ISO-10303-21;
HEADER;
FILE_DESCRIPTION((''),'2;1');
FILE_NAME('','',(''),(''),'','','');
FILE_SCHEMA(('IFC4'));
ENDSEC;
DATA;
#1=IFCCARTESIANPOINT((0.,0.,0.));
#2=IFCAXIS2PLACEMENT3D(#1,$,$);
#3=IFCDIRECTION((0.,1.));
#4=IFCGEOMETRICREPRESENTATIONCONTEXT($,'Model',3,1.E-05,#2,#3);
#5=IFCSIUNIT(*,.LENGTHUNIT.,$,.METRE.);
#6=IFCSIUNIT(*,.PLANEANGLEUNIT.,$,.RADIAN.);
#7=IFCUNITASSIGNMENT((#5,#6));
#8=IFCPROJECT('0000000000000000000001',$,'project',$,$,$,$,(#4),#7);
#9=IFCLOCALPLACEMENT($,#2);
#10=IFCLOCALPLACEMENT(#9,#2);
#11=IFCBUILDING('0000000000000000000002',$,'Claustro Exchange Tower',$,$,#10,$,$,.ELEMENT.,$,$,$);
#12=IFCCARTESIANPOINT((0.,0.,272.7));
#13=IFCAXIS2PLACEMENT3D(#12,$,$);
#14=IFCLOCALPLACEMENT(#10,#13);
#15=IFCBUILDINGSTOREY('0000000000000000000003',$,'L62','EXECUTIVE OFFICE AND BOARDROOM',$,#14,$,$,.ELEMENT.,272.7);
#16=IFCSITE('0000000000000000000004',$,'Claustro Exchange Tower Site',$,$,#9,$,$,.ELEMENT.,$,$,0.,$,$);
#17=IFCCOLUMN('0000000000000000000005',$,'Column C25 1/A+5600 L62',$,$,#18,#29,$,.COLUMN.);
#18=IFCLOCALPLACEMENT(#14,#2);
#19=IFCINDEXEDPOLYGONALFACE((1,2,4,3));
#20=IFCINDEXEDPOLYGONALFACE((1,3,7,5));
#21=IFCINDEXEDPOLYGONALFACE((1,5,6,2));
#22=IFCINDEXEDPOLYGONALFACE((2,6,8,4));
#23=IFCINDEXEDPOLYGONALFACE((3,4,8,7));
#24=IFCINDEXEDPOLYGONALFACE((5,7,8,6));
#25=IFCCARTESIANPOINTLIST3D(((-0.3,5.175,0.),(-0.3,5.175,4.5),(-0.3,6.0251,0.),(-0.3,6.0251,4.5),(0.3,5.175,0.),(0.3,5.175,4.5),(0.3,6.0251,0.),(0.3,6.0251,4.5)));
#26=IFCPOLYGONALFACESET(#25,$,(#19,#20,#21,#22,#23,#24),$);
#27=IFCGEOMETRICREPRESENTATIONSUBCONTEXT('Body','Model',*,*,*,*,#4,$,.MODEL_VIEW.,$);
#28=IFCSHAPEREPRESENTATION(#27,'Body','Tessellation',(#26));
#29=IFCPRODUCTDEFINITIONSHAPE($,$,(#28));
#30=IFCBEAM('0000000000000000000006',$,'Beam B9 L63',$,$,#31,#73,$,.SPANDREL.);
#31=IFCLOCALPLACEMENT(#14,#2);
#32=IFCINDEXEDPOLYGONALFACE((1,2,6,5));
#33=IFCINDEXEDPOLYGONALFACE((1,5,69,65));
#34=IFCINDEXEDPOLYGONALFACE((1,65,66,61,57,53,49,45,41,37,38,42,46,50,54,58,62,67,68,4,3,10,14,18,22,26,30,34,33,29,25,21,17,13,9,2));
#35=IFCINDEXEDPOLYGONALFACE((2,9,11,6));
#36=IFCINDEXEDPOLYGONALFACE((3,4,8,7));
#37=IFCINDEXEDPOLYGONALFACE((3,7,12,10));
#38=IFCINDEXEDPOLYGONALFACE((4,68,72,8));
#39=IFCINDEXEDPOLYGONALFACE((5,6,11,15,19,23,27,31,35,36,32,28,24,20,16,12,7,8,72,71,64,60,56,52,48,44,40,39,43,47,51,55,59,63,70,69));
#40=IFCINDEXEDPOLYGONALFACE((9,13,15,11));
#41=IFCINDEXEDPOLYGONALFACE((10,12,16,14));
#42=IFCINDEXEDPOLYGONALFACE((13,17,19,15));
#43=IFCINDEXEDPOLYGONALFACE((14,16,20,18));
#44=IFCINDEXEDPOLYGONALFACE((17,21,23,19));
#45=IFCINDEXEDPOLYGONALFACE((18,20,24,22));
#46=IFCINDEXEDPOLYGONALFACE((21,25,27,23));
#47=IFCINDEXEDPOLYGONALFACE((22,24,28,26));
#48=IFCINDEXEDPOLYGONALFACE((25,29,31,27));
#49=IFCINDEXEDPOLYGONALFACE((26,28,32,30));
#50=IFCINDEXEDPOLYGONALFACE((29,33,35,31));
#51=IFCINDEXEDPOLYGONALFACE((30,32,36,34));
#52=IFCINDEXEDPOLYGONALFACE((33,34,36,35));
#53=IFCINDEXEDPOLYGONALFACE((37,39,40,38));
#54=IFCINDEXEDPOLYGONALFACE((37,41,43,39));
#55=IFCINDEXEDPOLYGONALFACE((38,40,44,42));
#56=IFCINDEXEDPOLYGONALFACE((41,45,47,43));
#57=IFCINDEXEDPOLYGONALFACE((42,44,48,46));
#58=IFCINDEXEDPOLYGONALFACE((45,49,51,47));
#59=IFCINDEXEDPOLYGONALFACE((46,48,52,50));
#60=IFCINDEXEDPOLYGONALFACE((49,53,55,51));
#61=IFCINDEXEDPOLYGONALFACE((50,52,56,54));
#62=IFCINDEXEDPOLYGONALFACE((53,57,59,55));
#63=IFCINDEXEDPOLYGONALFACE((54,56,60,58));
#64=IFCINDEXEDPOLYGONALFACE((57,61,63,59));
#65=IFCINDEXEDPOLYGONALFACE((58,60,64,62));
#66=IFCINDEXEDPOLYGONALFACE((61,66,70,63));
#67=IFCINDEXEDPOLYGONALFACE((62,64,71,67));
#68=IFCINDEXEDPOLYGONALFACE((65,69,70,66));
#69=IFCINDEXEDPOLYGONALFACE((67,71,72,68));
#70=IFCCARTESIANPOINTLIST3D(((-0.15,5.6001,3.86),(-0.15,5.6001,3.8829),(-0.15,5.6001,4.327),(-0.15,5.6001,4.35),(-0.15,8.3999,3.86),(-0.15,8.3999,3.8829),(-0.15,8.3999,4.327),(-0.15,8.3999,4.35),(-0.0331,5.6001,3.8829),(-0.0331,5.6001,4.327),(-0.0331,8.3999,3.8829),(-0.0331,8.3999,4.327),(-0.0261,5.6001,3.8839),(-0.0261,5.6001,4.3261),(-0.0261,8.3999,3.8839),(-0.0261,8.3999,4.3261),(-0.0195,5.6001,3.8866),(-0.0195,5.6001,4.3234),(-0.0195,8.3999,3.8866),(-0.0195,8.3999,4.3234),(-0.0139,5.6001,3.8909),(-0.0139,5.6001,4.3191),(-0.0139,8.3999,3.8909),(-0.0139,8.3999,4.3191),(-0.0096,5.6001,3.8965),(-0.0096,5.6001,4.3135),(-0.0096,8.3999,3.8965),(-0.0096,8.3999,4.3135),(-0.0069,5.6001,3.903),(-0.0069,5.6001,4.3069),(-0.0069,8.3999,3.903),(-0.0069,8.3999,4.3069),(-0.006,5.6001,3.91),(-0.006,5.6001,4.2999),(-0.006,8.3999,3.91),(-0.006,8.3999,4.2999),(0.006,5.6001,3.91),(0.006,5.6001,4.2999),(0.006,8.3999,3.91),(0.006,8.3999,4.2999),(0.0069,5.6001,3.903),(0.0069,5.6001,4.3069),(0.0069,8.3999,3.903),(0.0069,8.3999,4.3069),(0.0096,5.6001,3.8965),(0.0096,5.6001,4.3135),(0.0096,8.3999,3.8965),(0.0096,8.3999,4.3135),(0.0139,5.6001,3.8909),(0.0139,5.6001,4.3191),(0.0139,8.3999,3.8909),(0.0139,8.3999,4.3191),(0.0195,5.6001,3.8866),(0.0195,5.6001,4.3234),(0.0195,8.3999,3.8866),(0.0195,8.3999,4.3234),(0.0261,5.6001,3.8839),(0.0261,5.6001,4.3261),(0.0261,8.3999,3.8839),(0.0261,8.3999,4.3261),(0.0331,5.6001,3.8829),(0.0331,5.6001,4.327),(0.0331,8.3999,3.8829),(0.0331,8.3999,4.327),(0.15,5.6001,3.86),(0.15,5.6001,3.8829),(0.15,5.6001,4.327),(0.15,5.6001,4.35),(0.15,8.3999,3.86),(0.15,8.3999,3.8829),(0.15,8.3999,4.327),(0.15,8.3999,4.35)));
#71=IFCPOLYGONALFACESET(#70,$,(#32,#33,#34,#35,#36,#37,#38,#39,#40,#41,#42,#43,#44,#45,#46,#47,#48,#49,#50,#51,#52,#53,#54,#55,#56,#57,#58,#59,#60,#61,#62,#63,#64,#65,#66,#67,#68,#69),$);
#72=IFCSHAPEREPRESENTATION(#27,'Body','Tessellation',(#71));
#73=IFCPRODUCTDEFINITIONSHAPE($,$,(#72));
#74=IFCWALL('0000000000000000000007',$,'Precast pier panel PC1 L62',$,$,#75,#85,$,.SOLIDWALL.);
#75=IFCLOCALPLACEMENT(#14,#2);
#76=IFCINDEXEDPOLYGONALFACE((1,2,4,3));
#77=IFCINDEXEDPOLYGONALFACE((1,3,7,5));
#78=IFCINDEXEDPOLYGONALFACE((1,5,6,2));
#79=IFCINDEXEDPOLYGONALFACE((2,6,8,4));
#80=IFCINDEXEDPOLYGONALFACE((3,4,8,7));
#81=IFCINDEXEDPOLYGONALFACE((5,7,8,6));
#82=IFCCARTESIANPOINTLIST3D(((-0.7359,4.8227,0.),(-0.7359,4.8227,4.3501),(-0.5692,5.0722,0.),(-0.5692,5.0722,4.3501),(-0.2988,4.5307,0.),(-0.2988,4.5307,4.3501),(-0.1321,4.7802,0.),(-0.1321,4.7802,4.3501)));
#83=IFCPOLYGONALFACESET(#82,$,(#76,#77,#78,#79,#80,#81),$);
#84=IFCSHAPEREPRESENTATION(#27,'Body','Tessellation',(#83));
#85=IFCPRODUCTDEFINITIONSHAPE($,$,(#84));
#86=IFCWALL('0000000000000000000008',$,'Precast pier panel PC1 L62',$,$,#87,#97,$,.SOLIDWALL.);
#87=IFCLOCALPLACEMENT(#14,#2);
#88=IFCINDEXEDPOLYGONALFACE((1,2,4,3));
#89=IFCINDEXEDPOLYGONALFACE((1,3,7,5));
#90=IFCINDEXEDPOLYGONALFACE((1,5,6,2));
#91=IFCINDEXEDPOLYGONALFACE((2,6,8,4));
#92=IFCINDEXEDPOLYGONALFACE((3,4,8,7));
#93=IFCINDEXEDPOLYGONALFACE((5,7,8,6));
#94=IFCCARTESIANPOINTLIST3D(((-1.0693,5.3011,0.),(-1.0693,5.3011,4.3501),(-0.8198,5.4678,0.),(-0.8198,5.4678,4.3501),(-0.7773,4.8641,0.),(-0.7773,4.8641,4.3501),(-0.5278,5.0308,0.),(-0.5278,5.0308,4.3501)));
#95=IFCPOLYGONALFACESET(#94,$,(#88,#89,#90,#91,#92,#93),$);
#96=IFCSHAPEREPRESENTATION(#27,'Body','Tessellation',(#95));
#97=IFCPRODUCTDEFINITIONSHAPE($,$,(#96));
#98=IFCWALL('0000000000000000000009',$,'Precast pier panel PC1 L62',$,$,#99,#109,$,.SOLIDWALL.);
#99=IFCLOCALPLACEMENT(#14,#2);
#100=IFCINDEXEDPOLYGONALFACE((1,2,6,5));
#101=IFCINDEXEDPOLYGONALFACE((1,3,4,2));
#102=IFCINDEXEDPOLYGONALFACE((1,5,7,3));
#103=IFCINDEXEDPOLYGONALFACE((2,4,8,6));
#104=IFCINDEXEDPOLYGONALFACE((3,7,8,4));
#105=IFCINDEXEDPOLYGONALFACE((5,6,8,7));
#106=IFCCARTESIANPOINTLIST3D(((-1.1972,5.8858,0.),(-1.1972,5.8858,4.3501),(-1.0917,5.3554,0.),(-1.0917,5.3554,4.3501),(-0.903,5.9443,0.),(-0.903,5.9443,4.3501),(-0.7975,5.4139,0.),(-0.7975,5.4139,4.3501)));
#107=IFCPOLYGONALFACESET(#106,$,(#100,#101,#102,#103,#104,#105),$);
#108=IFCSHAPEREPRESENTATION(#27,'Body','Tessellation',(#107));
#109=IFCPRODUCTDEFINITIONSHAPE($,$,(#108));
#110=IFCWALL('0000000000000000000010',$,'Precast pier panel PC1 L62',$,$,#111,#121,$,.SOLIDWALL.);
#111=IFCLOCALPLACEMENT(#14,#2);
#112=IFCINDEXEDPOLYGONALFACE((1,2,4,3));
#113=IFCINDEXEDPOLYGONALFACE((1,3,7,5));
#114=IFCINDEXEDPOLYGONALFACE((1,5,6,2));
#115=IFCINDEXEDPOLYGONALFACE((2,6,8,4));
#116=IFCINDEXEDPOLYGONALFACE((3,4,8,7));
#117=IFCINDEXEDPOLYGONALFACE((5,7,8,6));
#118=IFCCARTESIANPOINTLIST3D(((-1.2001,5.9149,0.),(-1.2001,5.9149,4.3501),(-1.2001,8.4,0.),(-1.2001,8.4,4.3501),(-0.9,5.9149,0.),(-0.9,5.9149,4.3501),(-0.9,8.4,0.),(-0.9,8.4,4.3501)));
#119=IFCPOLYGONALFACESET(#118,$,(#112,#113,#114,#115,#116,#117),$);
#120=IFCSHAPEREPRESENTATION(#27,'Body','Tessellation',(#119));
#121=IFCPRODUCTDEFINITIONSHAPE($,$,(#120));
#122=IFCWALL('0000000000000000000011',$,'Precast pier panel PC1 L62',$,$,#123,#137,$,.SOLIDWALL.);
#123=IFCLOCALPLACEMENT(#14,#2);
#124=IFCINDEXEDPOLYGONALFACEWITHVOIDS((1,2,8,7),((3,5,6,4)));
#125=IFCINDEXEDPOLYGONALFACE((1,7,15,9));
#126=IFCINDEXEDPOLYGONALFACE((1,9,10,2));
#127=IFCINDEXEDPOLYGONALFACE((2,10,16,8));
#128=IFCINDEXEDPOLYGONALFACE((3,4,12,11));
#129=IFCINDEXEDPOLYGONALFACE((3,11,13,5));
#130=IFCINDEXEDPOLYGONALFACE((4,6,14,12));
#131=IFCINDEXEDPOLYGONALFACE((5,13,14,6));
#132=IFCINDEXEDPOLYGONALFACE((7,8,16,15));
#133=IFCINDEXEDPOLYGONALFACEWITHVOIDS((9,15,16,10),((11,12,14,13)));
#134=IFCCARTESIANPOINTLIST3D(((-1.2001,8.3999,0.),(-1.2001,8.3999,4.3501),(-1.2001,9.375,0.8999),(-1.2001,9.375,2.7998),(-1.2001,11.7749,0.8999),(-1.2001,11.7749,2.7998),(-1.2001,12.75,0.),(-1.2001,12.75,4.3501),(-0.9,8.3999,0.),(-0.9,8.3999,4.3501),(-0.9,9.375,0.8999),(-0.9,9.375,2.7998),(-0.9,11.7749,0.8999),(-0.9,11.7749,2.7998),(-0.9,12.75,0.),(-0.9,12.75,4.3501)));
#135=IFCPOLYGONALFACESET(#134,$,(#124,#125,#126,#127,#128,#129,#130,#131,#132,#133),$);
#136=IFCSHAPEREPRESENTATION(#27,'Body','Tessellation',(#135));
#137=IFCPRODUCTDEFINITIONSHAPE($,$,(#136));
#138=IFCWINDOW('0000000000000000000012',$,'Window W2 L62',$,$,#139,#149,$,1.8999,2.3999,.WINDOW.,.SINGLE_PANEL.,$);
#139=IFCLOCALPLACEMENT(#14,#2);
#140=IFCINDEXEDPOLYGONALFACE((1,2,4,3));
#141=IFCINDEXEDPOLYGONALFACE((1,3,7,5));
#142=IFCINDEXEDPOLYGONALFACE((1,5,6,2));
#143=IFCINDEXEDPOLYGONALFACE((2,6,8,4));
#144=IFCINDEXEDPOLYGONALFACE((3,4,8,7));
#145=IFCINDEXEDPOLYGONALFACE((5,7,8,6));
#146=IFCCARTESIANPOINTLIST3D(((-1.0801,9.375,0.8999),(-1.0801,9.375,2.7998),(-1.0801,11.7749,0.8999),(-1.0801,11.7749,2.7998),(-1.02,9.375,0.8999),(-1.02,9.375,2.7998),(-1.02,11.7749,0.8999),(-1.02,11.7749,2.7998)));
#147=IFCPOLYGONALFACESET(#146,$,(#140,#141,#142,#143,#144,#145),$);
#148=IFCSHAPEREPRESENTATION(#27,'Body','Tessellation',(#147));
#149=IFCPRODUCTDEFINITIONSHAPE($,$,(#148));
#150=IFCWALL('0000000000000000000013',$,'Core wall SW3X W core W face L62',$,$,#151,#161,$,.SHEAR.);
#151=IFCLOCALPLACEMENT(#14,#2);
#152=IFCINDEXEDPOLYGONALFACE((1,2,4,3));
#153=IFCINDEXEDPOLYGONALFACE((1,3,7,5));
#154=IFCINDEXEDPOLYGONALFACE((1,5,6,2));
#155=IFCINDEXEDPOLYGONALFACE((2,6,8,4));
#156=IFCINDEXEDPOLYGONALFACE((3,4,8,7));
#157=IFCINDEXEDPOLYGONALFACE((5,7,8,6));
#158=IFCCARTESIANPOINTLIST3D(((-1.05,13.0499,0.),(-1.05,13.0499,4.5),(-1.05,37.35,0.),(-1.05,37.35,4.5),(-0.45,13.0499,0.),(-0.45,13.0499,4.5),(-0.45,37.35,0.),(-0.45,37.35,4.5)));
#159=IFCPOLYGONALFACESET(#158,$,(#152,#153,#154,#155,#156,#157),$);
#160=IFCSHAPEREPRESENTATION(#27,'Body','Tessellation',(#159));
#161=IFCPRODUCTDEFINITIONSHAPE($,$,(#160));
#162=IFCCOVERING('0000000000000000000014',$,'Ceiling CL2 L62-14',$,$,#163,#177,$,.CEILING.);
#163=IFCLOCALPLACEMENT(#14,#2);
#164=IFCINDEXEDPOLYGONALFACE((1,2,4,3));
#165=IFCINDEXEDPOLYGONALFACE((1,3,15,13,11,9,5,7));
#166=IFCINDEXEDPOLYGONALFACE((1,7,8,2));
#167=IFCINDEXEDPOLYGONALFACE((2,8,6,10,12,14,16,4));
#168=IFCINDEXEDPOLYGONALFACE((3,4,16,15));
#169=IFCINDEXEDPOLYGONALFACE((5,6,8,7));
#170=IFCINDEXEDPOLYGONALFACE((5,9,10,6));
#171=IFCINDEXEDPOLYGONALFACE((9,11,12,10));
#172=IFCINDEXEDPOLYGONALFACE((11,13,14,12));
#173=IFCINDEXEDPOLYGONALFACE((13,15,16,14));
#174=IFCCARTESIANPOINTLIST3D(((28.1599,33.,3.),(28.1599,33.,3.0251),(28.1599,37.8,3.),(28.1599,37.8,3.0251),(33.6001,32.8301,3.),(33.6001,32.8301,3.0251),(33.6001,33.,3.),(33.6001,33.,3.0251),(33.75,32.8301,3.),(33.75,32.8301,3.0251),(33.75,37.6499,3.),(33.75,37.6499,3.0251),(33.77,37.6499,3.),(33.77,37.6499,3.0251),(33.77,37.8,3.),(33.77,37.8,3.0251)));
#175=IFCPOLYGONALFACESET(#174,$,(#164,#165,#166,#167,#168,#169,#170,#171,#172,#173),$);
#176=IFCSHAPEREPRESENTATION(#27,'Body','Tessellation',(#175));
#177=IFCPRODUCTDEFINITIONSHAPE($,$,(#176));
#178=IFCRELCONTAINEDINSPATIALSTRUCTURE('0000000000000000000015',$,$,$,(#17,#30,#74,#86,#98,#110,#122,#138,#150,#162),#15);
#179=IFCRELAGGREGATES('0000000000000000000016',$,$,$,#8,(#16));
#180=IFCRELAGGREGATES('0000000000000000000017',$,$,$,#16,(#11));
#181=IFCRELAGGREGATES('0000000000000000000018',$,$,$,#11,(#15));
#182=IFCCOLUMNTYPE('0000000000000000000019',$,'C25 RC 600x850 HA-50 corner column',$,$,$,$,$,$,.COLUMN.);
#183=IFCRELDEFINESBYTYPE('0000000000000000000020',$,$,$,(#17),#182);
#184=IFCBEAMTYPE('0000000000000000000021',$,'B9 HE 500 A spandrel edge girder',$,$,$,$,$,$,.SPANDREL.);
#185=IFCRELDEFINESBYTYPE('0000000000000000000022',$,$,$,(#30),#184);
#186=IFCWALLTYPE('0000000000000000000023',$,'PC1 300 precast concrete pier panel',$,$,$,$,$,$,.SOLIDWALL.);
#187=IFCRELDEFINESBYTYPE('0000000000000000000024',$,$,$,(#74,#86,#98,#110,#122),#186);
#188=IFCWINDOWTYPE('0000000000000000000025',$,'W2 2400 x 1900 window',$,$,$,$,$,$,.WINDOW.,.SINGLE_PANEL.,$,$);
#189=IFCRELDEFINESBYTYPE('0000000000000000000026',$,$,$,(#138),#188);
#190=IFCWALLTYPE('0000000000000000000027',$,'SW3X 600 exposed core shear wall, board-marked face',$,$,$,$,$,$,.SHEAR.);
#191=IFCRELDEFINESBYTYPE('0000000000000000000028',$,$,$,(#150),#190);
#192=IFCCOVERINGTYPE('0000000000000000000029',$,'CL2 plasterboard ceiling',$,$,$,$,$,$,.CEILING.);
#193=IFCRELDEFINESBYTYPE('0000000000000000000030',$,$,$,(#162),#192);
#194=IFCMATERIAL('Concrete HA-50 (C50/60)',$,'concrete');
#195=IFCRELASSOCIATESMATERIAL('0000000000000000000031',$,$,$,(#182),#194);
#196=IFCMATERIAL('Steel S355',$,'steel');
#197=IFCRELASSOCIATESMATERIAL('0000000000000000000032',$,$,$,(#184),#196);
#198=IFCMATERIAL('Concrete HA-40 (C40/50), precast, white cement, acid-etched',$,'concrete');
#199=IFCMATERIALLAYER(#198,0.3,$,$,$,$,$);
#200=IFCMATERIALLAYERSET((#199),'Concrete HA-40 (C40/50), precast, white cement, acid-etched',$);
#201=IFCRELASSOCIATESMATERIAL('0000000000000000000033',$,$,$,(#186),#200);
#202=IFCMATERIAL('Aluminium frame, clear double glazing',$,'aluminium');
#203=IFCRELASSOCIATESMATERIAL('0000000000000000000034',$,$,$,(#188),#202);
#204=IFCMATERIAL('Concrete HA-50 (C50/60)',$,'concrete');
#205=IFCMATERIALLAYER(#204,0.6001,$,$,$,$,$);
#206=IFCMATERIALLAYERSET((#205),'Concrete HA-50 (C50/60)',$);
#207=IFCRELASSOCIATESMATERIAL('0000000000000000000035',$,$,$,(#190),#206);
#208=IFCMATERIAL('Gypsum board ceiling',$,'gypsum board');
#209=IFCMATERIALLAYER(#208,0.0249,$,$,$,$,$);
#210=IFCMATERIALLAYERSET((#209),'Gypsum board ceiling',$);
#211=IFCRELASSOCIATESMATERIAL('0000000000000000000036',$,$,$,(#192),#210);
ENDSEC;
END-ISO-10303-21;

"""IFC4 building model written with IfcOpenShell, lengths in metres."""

from ifc_helpers import new_model, si_unit, direction, frame, frame_2d, origin, origin_2d, place, context, subcontext, project, spatial, polyline, rectangle, i_section, outline, extrude, material, layer, layer_set, material_profile, profile_set, type_object, element, fill, save


model = new_model("IFC4")

# Units and contexts
model_context = context("Model", 3, precision=1e-05, world=origin(), true_north=direction((0.0, 1.0)))
body_context = subcontext(model_context, "Body", "Model", "MODEL_VIEW")
ifc_project = project(units=[si_unit("LENGTHUNIT", "METRE"), si_unit("PLANEANGLEUNIT", "RADIAN")], contexts=[model_context])

# Site, building, storey
site_placement = place(None, origin())
site = spatial("IfcSite", under=ifc_project, at=site_placement, Name="Claustro Exchange Tower Site", CompositionType="ELEMENT", RefElevation=0.0)
building_placement = place(site_placement, origin())
building = spatial("IfcBuilding", under=site, at=building_placement, Name="Claustro Exchange Tower", CompositionType="ELEMENT")
storey_placement = place(building_placement, frame((0.0, 0.0, 272.7)))
storey = spatial("IfcBuildingStorey", under=building, at=storey_placement, Name="L62", Description="EXECUTIVE OFFICE AND BOARDROOM", CompositionType="ELEMENT", Elevation=272.7)

# Column
ifc_material_1 = material(Name="Concrete HA-50 (C50/60)", Category="concrete")
ifc_material_profile_1 = material_profile(ifc_material_1, rectangle(XDim=0.6001, YDim=0.8501, at=origin_2d()), Name="RC 600x850")
ifc_profile_set_1 = profile_set([ifc_material_profile_1], Name="Concrete HA-50 (C50/60)")
column_type = type_object("IfcColumnType", Name="C25 RC 600x850 HA-50 corner column", PredefinedType="COLUMN", material=ifc_profile_set_1)
column_placement = place(storey_placement, frame((0.0, 5.6001, 0.0), z_axis=(0.0, 0.0, 1.0), x_axis=(1.0, 0.0, 0.0)))
element("IfcColumn", 1, at=column_placement, inside=storey, type_object=column_type, Name="Column C25 1/A+5600 L62", PredefinedType="COLUMN", context=body_context, shape_type="SweptSolid", body=[
    extrude(rectangle(XDim=0.6001, YDim=0.8501, at=origin_2d()), origin(), (0.0, 0.0, 1.0), 4.5),
])

# Beam
ifc_material_2 = material(Name="Steel S355", Category="steel")
ifc_material_profile_2 = material_profile(ifc_material_2, i_section(OverallWidth=0.3, OverallDepth=0.49, WebThickness=0.012, FlangeThickness=0.0229, FilletRadius=0.0271, at=origin_2d()), Name="HE 500 A")
ifc_profile_set_2 = profile_set([ifc_material_profile_2], Name="Steel S355")
beam_type = type_object("IfcBeamType", Name="B9 HE 500 A spandrel edge girder", PredefinedType="SPANDREL", material=ifc_profile_set_2)
beam_placement = place(storey_placement, frame((0.0, 5.6001, 4.105), z_axis=(0.0, 1.0, 0.0), x_axis=(-1.0, 0.0, 0.0)))
element("IfcBeam", 2, at=beam_placement, inside=storey, type_object=beam_type, Name="Beam B9 L63", PredefinedType="SPANDREL", context=body_context, shape_type="SweptSolid", body=[
    extrude(i_section(OverallWidth=0.3, OverallDepth=0.49, WebThickness=0.012, FlangeThickness=0.0229, FilletRadius=0.0271, at=origin_2d()), origin(), (0.0, 0.0, 1.0), 2.7998),
])

# Walls
ifc_material_3 = material(Name="Concrete HA-40 (C40/50), precast, white cement, acid-etched", Category="concrete")
ifc_layer_1 = layer(ifc_material_3, 0.3)
ifc_layer_set_1 = layer_set([ifc_layer_1], Name="Concrete HA-40 (C40/50), precast, white cement, acid-etched")
wall_type_1 = type_object("IfcWallType", Name="PC1 300 precast concrete pier panel", PredefinedType="SOLIDWALL", material=ifc_layer_set_1)
for number, where, z_axis, x_axis, name in (
    (3, (-0.2156, 4.6555, 0.0), (0.0, 0.0, 1.0), (-0.831478, 0.555557, 0.0), "Precast pier panel PC1 L62"),
    (4, (-0.6526, 4.9475, 0.0), (0.0, 0.0, 1.0), (-0.555557, 0.831478, 0.0), "Precast pier panel PC1 L62"),
):
    element("IfcWall", number, at=place(storey_placement, frame(where, z_axis=z_axis, x_axis=x_axis)), inside=storey, type_object=wall_type_1, Name=name, PredefinedType="SOLIDWALL", context=body_context, shape_type="SweptSolid", body=[
        extrude(rectangle(XDim=0.5256, YDim=0.3, at=frame_2d((0.2627, 0.0))), origin(), (0.0, 0.0, 1.0), 4.3501),
    ])
wall_1_placement = place(storey_placement, frame((-0.9446, 5.3845, 0.0), z_axis=(0.0, 0.0, 1.0), x_axis=(-0.195074, 0.980789, 0.0)))
element("IfcWall", 5, at=wall_1_placement, inside=storey, type_object=wall_type_1, Name="Precast pier panel PC1 L62", PredefinedType="SOLIDWALL", context=body_context, shape_type="SweptSolid", body=[
    extrude(rectangle(XDim=0.5408, YDim=0.3, at=frame_2d((0.2705, 0.0))), origin(), (0.0, 0.0, 1.0), 4.3501),
])
wall_2_placement = place(storey_placement, frame((-1.05, 5.9148, 0.0), z_axis=(0.0, 0.0, 1.0), x_axis=(0.0, 1.0, 0.0)))
element("IfcWall", 6, at=wall_2_placement, inside=storey, type_object=wall_type_1, Name="Precast pier panel PC1 L62", PredefinedType="SOLIDWALL", context=body_context, shape_type="SweptSolid", body=[
    extrude(rectangle(XDim=2.4851, YDim=0.3, at=frame_2d((1.2427, 0.0))), origin(), (0.0, 0.0, 1.0), 4.3501),
])

# Wall, opening, window
wall_3_placement = place(storey_placement, frame((-1.05, 8.3999, 0.0), z_axis=(0.0, 0.0, 1.0), x_axis=(0.0, 1.0, 0.0)))
wall_3 = element("IfcWall", 7, at=wall_3_placement, inside=storey, type_object=wall_type_1, Name="Precast pier panel PC1 L62", PredefinedType="SOLIDWALL", context=body_context, shape_type="SweptSolid", body=[
    extrude(rectangle(XDim=4.3501, YDim=0.3, at=frame_2d((2.175, 0.0))), origin(), (0.0, 0.0, 1.0), 4.3501),
])
opening_1_placement = place(wall_3_placement, frame((0.9751, 0.0, 0.8999)))
opening_1 = element("IfcOpeningElement", 8, at=opening_1_placement, cuts=wall_3, PredefinedType="OPENING", context=body_context, shape_type="SweptSolid", body=[
    extrude(rectangle(XDim=2.3999, YDim=1.8999, at=frame_2d((1.2, 0.95))), frame((0.0, 0.1599, 0.0), z_axis=(0.0, -1.0, 0.0), x_axis=(1.0, 0.0, 0.0)), (0.0, 0.0, 1.0), 0.3201),
])
ifc_material_4 = material(Name="Aluminium frame, clear double glazing", Category="aluminium")
window_type = type_object("IfcWindowType", Name="W2 2400 x 1900 window", PartitioningType="SINGLE_PANEL", PredefinedType="WINDOW", material=ifc_material_4)
window_placement = place(opening_1_placement, origin())
window = element("IfcWindow", 9, at=window_placement, inside=storey, type_object=window_type, Name="Window W2 L62", OverallHeight=1.8999, OverallWidth=2.3999, PartitioningType="SINGLE_PANEL", PredefinedType="WINDOW", context=body_context, shape_type="SweptSolid", body=[
    extrude(rectangle(XDim=2.3999, YDim=1.8999, at=frame_2d((1.2, 0.95))), frame((0.0, 0.03, 0.0), z_axis=(0.0, -1.0, 0.0), x_axis=(1.0, 0.0, 0.0)), (0.0, 0.0, 1.0), 0.0601),
])
fill(opening_1, window)

# Wall
ifc_material_5 = material(Name="Concrete HA-50 (C50/60)", Category="concrete")
ifc_layer_2 = layer(ifc_material_5, 0.6001)
ifc_layer_set_2 = layer_set([ifc_layer_2], Name="Concrete HA-50 (C50/60)")
wall_type_2 = type_object("IfcWallType", Name="SW3X 600 exposed core shear wall, board-marked face", PredefinedType="SHEAR", material=ifc_layer_set_2)
wall_4_placement = place(storey_placement, frame((-0.75, 13.05, 0.0), z_axis=(0.0, 0.0, 1.0), x_axis=(0.0, 1.0, 0.0)))
element("IfcWall", 10, at=wall_4_placement, inside=storey, type_object=wall_type_2, Name="Core wall SW3X W core W face L62", PredefinedType="SHEAR", context=body_context, shape_type="SweptSolid", body=[
    extrude(rectangle(XDim=24.3, YDim=0.6001, at=frame_2d((12.1499, 0.0))), origin(), (0.0, 0.0, 1.0), 4.5),
])

# Covering
ifc_material_6 = material(Name="Gypsum board ceiling", Category="gypsum board")
ifc_layer_3 = layer(ifc_material_6, 0.0249)
ifc_layer_set_3 = layer_set([ifc_layer_3], Name="Gypsum board ceiling")
covering_type_1 = type_object("IfcCoveringType", Name="CL2 plasterboard ceiling", PredefinedType="CEILING", material=ifc_layer_set_3)
covering_1_placement = place(storey_placement, frame((0.0, 0.0, 3.0)))
element("IfcCovering", 11, at=covering_1_placement, inside=storey, type_object=covering_type_1, Name="Ceiling CL2 L62-14", PredefinedType="CEILING", context=body_context, shape_type="SweptSolid", body=[
    extrude(outline(polyline([(33.6001, 33.0), (33.6001, 32.8301), (33.75, 32.8301), (33.75, 37.6499), (33.77, 37.6499), (33.77, 37.8), (28.1599, 37.8), (28.1599, 33.0), (33.6001, 33.0)])), origin(), (0.0, 0.0, 1.0), 0.0251),
])

save(model, "model.ifc")
